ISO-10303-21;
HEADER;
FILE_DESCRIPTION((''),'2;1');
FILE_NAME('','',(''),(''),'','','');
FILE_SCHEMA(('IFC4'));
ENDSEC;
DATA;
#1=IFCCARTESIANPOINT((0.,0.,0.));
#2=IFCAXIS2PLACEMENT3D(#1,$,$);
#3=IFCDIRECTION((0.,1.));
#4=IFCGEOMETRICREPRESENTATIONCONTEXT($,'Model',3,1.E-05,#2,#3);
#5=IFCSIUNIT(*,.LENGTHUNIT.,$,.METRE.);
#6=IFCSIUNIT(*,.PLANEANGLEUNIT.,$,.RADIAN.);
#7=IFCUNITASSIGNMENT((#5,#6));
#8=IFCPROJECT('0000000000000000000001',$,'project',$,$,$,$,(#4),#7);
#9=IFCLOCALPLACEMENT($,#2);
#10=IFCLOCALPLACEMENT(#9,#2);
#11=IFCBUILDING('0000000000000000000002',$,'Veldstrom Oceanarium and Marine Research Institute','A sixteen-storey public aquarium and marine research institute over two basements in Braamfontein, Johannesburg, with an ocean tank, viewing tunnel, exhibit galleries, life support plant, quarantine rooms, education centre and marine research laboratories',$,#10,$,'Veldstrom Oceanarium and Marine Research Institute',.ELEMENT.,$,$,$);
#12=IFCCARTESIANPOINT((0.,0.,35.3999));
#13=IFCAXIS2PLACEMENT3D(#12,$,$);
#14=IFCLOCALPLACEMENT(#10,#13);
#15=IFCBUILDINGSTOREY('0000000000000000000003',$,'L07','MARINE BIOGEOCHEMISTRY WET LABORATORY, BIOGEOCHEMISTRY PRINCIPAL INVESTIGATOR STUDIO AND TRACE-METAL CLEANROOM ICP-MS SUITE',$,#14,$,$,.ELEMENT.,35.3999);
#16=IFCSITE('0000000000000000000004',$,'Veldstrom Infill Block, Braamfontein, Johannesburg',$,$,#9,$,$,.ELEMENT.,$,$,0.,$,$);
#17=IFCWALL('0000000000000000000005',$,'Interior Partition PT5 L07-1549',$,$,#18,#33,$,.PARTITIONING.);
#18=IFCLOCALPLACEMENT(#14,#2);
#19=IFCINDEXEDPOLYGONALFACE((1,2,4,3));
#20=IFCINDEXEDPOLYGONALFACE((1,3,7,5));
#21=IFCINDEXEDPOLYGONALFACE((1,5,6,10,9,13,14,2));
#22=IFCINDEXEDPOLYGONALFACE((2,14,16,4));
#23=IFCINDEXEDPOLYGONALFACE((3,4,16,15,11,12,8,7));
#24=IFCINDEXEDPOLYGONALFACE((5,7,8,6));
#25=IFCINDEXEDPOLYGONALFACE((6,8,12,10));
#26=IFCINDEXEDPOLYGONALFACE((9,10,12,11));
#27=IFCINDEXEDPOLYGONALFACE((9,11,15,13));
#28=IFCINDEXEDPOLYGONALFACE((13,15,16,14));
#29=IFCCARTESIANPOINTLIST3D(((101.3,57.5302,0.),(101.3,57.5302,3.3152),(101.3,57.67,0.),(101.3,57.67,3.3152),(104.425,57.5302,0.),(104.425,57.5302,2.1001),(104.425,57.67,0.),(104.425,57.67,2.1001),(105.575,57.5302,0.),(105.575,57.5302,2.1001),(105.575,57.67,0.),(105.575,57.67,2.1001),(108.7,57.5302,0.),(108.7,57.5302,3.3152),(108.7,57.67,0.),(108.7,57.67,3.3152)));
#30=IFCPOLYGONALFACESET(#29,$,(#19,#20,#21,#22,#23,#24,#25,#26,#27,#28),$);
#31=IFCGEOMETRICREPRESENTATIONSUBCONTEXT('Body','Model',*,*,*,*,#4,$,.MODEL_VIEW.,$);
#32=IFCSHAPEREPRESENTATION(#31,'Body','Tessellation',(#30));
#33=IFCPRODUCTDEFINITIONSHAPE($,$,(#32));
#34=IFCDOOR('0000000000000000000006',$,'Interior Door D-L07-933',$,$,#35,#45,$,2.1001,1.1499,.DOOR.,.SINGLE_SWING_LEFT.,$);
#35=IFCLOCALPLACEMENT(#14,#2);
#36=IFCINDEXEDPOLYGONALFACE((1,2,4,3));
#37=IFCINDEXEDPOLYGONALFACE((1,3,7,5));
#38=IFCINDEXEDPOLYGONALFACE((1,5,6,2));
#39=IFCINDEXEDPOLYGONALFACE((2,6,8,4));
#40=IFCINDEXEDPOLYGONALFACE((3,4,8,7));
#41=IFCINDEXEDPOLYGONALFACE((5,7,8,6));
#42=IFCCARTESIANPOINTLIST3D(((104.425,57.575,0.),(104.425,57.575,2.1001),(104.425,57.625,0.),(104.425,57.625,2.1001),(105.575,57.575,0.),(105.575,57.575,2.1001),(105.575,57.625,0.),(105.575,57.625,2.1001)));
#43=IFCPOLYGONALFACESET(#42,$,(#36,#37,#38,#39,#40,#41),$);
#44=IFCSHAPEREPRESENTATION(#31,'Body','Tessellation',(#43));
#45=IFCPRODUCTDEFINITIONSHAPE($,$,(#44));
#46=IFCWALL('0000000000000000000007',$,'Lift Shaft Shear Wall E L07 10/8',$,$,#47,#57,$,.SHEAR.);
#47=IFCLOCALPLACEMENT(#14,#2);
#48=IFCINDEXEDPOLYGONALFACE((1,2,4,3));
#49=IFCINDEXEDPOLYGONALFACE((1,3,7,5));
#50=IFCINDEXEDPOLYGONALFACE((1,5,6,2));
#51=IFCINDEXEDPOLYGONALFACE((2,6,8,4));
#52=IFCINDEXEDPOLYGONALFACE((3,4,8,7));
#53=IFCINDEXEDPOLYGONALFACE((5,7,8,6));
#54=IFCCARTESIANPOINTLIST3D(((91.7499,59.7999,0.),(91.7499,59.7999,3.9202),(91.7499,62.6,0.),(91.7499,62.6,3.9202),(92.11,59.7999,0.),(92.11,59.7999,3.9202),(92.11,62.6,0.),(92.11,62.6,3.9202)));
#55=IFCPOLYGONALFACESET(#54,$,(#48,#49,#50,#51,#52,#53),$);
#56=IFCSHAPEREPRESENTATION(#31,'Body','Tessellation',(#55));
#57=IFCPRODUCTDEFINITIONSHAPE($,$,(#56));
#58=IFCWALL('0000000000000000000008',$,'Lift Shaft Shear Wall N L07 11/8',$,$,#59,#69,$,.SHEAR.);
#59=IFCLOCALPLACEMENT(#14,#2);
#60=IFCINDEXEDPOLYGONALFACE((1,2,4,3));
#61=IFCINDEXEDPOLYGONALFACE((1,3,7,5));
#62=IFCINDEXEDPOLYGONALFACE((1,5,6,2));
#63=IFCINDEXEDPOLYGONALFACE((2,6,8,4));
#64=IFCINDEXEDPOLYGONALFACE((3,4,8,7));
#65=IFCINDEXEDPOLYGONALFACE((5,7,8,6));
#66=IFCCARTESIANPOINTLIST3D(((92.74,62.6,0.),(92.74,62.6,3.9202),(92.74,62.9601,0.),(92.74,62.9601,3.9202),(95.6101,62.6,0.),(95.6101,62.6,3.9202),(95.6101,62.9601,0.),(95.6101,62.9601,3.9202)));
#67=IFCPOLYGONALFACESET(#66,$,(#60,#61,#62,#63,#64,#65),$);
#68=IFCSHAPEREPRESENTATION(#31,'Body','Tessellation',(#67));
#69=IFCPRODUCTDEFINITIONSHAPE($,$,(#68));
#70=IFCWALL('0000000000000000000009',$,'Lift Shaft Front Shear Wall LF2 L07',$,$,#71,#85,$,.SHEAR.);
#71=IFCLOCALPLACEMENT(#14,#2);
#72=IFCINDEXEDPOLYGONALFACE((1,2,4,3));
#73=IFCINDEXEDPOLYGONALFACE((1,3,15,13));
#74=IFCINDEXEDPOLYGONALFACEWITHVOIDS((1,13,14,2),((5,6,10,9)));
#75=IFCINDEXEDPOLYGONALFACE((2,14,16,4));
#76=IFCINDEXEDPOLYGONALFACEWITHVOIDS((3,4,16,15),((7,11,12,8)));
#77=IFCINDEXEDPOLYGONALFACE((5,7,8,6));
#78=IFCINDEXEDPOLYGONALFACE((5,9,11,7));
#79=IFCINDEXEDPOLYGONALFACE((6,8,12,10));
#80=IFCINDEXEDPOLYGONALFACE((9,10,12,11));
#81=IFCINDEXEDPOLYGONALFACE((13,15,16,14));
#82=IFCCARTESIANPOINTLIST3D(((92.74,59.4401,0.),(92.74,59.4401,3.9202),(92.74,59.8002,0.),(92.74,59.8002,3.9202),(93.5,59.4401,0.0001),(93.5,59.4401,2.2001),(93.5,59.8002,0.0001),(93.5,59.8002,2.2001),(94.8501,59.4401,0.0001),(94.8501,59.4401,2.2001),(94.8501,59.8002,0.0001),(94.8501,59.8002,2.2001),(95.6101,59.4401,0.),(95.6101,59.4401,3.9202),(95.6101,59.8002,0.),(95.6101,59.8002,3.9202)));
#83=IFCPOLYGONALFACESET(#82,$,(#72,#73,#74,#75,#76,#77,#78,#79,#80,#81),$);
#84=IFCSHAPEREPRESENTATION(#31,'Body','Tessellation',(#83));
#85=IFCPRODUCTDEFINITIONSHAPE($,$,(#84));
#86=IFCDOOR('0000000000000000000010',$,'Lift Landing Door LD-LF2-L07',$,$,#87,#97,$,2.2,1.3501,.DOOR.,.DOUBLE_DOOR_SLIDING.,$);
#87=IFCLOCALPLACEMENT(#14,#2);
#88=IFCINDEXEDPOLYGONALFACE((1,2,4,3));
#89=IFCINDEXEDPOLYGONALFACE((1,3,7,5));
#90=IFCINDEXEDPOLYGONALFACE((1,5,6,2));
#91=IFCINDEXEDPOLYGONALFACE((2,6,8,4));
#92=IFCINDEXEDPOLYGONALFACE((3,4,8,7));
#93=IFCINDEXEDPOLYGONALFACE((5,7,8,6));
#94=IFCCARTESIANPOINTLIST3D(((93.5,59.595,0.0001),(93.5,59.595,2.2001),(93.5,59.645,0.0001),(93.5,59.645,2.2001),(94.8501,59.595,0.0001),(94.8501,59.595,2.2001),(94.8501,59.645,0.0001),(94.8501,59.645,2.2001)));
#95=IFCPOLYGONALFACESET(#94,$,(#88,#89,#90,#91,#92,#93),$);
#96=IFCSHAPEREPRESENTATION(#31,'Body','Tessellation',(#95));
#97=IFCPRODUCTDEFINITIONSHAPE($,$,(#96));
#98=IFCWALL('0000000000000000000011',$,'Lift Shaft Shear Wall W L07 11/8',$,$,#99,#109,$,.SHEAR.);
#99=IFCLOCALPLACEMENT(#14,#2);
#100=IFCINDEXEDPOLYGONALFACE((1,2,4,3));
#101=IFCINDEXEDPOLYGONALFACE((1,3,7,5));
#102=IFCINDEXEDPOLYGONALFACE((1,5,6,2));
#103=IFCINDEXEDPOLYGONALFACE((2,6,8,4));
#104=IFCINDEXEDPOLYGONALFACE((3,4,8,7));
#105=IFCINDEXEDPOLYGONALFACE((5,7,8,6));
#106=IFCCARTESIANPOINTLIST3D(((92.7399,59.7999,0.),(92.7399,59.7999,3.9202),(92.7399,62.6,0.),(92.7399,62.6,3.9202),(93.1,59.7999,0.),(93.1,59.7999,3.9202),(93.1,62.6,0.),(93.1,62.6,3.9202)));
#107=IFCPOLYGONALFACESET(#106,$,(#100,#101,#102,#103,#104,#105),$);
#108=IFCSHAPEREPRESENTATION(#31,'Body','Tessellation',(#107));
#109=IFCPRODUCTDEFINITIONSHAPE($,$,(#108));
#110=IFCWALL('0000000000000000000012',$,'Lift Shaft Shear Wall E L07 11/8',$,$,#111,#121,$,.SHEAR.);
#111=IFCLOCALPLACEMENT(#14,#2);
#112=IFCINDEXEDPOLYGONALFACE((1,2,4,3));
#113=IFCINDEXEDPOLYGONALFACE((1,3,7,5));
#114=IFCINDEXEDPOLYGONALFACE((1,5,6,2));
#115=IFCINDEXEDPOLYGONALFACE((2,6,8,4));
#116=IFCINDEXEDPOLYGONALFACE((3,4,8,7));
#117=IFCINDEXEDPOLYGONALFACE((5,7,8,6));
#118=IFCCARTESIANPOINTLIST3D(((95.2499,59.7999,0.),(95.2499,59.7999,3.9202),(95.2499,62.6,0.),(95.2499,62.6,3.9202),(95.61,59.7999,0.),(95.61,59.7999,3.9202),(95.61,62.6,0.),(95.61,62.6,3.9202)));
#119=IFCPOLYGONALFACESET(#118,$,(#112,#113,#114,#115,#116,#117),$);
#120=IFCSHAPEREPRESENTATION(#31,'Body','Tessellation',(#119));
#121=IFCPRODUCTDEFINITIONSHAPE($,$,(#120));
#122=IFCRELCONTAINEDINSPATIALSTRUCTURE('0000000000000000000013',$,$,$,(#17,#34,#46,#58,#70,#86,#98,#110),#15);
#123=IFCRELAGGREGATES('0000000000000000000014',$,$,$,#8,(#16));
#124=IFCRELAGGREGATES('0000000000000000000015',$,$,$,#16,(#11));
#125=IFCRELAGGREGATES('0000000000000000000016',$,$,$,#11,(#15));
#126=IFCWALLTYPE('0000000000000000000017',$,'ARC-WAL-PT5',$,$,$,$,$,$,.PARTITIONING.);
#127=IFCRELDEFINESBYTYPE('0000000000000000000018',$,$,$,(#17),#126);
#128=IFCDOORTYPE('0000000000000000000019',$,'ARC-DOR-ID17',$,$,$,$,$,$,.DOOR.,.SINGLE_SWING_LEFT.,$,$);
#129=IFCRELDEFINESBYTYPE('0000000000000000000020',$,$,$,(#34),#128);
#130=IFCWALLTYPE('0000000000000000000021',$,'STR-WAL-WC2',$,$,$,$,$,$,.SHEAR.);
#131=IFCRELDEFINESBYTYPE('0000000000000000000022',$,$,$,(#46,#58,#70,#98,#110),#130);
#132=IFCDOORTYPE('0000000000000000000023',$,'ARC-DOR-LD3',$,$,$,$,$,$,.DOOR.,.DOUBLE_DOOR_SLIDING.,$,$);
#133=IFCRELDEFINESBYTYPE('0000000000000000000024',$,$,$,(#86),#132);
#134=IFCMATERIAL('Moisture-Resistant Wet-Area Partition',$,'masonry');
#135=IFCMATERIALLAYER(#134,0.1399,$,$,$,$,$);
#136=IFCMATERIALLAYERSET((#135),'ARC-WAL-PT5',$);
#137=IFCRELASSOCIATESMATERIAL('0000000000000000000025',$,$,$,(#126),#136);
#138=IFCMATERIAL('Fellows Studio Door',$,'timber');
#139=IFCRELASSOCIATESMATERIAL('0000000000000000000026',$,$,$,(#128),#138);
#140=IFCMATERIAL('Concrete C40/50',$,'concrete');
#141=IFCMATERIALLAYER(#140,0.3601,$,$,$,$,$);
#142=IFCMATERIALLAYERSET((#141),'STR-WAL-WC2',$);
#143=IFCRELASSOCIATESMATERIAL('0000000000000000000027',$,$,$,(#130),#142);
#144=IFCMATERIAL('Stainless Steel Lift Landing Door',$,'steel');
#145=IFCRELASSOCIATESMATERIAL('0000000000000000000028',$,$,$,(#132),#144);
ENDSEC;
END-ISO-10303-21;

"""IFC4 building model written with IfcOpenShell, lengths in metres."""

from ifc_helpers import new_model, si_unit, direction, frame, frame_2d, origin, place, context, subcontext, project, spatial, rectangle, extrude, material, layer, layer_set, type_object, element, fill, save


model = new_model("IFC4")

# Units and contexts
model_context = context("Model", 3, precision=1e-05, world=origin(), true_north=direction((0.0, 1.0)))
body_context = subcontext(model_context, "Body", "Model", "MODEL_VIEW")
ifc_project = project(units=[si_unit("LENGTHUNIT", "METRE"), si_unit("PLANEANGLEUNIT", "RADIAN")], contexts=[model_context])

# Site, building, storey
site_placement = place(None, origin())
site = spatial("IfcSite", under=ifc_project, at=site_placement, Name="Veldstrom Infill Block, Braamfontein, Johannesburg", CompositionType="ELEMENT", RefElevation=0.0)
building_placement = place(site_placement, origin())
building = spatial("IfcBuilding", under=site, at=building_placement, Name="Veldstrom Oceanarium and Marine Research Institute", Description="A sixteen-storey public aquarium and marine research institute over two basements in Braamfontein, Johannesburg, with an ocean tank, viewing tunnel, exhibit galleries, life support plant, quarantine rooms, education centre and marine research laboratories", LongName="Veldstrom Oceanarium and Marine Research Institute", CompositionType="ELEMENT")
storey_placement = place(building_placement, frame((0.0, 0.0, 35.3999)))
storey = spatial("IfcBuildingStorey", under=building, at=storey_placement, Name="L07", Description="MARINE BIOGEOCHEMISTRY WET LABORATORY, BIOGEOCHEMISTRY PRINCIPAL INVESTIGATOR STUDIO AND TRACE-METAL CLEANROOM ICP-MS SUITE", CompositionType="ELEMENT", Elevation=35.3999)

# Wall, opening, door
ifc_material_1 = material(Name="Moisture-Resistant Wet-Area Partition", Category="masonry")
ifc_layer_1 = layer(ifc_material_1, 0.1399)
ifc_layer_set_1 = layer_set([ifc_layer_1], Name="ARC-WAL-PT5")
wall_type_1 = type_object("IfcWallType", Name="ARC-WAL-PT5", PredefinedType="PARTITIONING", material=ifc_layer_set_1)
wall_1_placement = place(storey_placement, frame((101.3, 57.6001, 0.0), z_axis=(0.0, 0.0, 1.0), x_axis=(1.0, 0.0, 0.0)))
wall_1 = element("IfcWall", 1, at=wall_1_placement, inside=storey, type_object=wall_type_1, Name="Interior Partition PT5 L07-1549", PredefinedType="PARTITIONING", context=body_context, shape_type="SweptSolid", body=[
    extrude(rectangle(XDim=7.3999, YDim=0.1399, at=frame_2d((3.7, 0.0))), origin(), (0.0, 0.0, 1.0), 3.3152),
])
opening_1_placement = place(wall_1_placement, frame((3.125, 0.0, 0.0)))
opening_1 = element("IfcOpeningElement", 2, at=opening_1_placement, cuts=wall_1, PredefinedType="OPENING", context=body_context, shape_type="SweptSolid", body=[
    extrude(rectangle(XDim=1.1499, YDim=2.1001, at=frame_2d((0.575, 1.05))), frame((0.0, 0.0798, 0.0), z_axis=(0.0, -1.0, 0.0), x_axis=(1.0, 0.0, 0.0)), (0.0, 0.0, 1.0), 0.1599),
])
ifc_material_2 = material(Name="Fellows Studio Door", Category="timber")
door_type_1 = type_object("IfcDoorType", Name="ARC-DOR-ID17", OperationType="SINGLE_SWING_LEFT", PredefinedType="DOOR", material=ifc_material_2)
door_1_placement = place(opening_1_placement, origin())
door_1 = element("IfcDoor", 3, at=door_1_placement, inside=storey, type_object=door_type_1, Name="Interior Door D-L07-933", OperationType="SINGLE_SWING_LEFT", OverallHeight=2.1001, OverallWidth=1.1499, PredefinedType="DOOR", context=body_context, shape_type="SweptSolid", body=[
    extrude(rectangle(XDim=1.1499, YDim=2.1001, at=frame_2d((0.575, 1.05))), frame((0.0, 0.0249, 0.0), z_axis=(0.0, -1.0, 0.0), x_axis=(1.0, 0.0, 0.0)), (0.0, 0.0, 1.0), 0.05),
])
fill(opening_1, door_1)

# Walls
ifc_material_3 = material(Name="Concrete C40/50", Category="concrete")
ifc_layer_2 = layer(ifc_material_3, 0.3601)
ifc_layer_set_2 = layer_set([ifc_layer_2], Name="STR-WAL-WC2")
wall_type_2 = type_object("IfcWallType", Name="STR-WAL-WC2", PredefinedType="SHEAR", material=ifc_layer_set_2)
wall_2_placement = place(storey_placement, frame((91.9299, 59.8, 0.0), z_axis=(0.0, 0.0, 1.0), x_axis=(0.0, 1.0, 0.0)))
element("IfcWall", 4, at=wall_2_placement, inside=storey, type_object=wall_type_2, Name="Lift Shaft Shear Wall E L07 10/8", PredefinedType="SHEAR", context=body_context, shape_type="SweptSolid", body=[
    extrude(rectangle(XDim=2.8, YDim=0.3601, at=frame_2d((1.3999, 0.0))), origin(), (0.0, 0.0, 1.0), 3.9202),
])
wall_3_placement = place(storey_placement, frame((92.74, 62.78, 0.0), z_axis=(0.0, 0.0, 1.0), x_axis=(1.0, 0.0, 0.0)))
element("IfcWall", 5, at=wall_3_placement, inside=storey, type_object=wall_type_2, Name="Lift Shaft Shear Wall N L07 11/8", PredefinedType="SHEAR", context=body_context, shape_type="SweptSolid", body=[
    extrude(rectangle(XDim=2.8701, YDim=0.3601, at=frame_2d((1.4351, 0.0))), origin(), (0.0, 0.0, 1.0), 3.9202),
])

# Wall, opening, door
wall_4_placement = place(storey_placement, frame((92.74, 59.6201, 0.0), z_axis=(0.0, 0.0, 1.0), x_axis=(1.0, 0.0, 0.0)))
wall_4 = element("IfcWall", 6, at=wall_4_placement, inside=storey, type_object=wall_type_2, Name="Lift Shaft Front Shear Wall LF2 L07", PredefinedType="SHEAR", context=body_context, shape_type="SweptSolid", body=[
    extrude(rectangle(XDim=2.8701, YDim=0.3601, at=frame_2d((1.4351, 0.0))), origin(), (0.0, 0.0, 1.0), 3.9202),
])
opening_2_placement = place(wall_4_placement, frame((0.76, 0.0, 0.0)))
opening_2 = element("IfcOpeningElement", 7, at=opening_2_placement, cuts=wall_4, PredefinedType="OPENING", context=body_context, shape_type="SweptSolid", body=[
    extrude(rectangle(XDim=1.3501, YDim=2.2, at=frame_2d((0.675, 1.1001))), frame((0.0, 0.1899, 0.0), z_axis=(0.0, -1.0, 0.0), x_axis=(1.0, 0.0, 0.0)), (0.0, 0.0, 1.0), 0.3801),
])
ifc_material_4 = material(Name="Stainless Steel Lift Landing Door", Category="steel")
door_type_2 = type_object("IfcDoorType", Name="ARC-DOR-LD3", OperationType="DOUBLE_DOOR_SLIDING", PredefinedType="DOOR", material=ifc_material_4)
door_2_placement = place(opening_2_placement, origin())
door_2 = element("IfcDoor", 8, at=door_2_placement, inside=storey, type_object=door_type_2, Name="Lift Landing Door LD-LF2-L07", OperationType="DOUBLE_DOOR_SLIDING", OverallHeight=2.2, OverallWidth=1.3501, PredefinedType="DOOR", context=body_context, shape_type="SweptSolid", body=[
    extrude(rectangle(XDim=1.3501, YDim=2.2, at=frame_2d((0.675, 1.1001))), frame((0.0, 0.0249, 0.0), z_axis=(0.0, -1.0, 0.0), x_axis=(1.0, 0.0, 0.0)), (0.0, 0.0, 1.0), 0.05),
])
fill(opening_2, door_2)

# Walls
for number, where, z_axis, x_axis, name in (
    (9, (92.9199, 59.8, 0.0), (0.0, 0.0, 1.0), (0.0, 1.0, 0.0), "Lift Shaft Shear Wall W L07 11/8"),
    (10, (95.4299, 59.8, 0.0), (0.0, 0.0, 1.0), (0.0, 1.0, 0.0), "Lift Shaft Shear Wall E L07 11/8"),
):
    element("IfcWall", number, at=place(storey_placement, frame(where, z_axis=z_axis, x_axis=x_axis)), inside=storey, type_object=wall_type_2, Name=name, PredefinedType="SHEAR", context=body_context, shape_type="SweptSolid", body=[
        extrude(rectangle(XDim=2.8, YDim=0.3601, at=frame_2d((1.3999, 0.0))), origin(), (0.0, 0.0, 1.0), 3.9202),
    ])

save(model, "model.ifc")
